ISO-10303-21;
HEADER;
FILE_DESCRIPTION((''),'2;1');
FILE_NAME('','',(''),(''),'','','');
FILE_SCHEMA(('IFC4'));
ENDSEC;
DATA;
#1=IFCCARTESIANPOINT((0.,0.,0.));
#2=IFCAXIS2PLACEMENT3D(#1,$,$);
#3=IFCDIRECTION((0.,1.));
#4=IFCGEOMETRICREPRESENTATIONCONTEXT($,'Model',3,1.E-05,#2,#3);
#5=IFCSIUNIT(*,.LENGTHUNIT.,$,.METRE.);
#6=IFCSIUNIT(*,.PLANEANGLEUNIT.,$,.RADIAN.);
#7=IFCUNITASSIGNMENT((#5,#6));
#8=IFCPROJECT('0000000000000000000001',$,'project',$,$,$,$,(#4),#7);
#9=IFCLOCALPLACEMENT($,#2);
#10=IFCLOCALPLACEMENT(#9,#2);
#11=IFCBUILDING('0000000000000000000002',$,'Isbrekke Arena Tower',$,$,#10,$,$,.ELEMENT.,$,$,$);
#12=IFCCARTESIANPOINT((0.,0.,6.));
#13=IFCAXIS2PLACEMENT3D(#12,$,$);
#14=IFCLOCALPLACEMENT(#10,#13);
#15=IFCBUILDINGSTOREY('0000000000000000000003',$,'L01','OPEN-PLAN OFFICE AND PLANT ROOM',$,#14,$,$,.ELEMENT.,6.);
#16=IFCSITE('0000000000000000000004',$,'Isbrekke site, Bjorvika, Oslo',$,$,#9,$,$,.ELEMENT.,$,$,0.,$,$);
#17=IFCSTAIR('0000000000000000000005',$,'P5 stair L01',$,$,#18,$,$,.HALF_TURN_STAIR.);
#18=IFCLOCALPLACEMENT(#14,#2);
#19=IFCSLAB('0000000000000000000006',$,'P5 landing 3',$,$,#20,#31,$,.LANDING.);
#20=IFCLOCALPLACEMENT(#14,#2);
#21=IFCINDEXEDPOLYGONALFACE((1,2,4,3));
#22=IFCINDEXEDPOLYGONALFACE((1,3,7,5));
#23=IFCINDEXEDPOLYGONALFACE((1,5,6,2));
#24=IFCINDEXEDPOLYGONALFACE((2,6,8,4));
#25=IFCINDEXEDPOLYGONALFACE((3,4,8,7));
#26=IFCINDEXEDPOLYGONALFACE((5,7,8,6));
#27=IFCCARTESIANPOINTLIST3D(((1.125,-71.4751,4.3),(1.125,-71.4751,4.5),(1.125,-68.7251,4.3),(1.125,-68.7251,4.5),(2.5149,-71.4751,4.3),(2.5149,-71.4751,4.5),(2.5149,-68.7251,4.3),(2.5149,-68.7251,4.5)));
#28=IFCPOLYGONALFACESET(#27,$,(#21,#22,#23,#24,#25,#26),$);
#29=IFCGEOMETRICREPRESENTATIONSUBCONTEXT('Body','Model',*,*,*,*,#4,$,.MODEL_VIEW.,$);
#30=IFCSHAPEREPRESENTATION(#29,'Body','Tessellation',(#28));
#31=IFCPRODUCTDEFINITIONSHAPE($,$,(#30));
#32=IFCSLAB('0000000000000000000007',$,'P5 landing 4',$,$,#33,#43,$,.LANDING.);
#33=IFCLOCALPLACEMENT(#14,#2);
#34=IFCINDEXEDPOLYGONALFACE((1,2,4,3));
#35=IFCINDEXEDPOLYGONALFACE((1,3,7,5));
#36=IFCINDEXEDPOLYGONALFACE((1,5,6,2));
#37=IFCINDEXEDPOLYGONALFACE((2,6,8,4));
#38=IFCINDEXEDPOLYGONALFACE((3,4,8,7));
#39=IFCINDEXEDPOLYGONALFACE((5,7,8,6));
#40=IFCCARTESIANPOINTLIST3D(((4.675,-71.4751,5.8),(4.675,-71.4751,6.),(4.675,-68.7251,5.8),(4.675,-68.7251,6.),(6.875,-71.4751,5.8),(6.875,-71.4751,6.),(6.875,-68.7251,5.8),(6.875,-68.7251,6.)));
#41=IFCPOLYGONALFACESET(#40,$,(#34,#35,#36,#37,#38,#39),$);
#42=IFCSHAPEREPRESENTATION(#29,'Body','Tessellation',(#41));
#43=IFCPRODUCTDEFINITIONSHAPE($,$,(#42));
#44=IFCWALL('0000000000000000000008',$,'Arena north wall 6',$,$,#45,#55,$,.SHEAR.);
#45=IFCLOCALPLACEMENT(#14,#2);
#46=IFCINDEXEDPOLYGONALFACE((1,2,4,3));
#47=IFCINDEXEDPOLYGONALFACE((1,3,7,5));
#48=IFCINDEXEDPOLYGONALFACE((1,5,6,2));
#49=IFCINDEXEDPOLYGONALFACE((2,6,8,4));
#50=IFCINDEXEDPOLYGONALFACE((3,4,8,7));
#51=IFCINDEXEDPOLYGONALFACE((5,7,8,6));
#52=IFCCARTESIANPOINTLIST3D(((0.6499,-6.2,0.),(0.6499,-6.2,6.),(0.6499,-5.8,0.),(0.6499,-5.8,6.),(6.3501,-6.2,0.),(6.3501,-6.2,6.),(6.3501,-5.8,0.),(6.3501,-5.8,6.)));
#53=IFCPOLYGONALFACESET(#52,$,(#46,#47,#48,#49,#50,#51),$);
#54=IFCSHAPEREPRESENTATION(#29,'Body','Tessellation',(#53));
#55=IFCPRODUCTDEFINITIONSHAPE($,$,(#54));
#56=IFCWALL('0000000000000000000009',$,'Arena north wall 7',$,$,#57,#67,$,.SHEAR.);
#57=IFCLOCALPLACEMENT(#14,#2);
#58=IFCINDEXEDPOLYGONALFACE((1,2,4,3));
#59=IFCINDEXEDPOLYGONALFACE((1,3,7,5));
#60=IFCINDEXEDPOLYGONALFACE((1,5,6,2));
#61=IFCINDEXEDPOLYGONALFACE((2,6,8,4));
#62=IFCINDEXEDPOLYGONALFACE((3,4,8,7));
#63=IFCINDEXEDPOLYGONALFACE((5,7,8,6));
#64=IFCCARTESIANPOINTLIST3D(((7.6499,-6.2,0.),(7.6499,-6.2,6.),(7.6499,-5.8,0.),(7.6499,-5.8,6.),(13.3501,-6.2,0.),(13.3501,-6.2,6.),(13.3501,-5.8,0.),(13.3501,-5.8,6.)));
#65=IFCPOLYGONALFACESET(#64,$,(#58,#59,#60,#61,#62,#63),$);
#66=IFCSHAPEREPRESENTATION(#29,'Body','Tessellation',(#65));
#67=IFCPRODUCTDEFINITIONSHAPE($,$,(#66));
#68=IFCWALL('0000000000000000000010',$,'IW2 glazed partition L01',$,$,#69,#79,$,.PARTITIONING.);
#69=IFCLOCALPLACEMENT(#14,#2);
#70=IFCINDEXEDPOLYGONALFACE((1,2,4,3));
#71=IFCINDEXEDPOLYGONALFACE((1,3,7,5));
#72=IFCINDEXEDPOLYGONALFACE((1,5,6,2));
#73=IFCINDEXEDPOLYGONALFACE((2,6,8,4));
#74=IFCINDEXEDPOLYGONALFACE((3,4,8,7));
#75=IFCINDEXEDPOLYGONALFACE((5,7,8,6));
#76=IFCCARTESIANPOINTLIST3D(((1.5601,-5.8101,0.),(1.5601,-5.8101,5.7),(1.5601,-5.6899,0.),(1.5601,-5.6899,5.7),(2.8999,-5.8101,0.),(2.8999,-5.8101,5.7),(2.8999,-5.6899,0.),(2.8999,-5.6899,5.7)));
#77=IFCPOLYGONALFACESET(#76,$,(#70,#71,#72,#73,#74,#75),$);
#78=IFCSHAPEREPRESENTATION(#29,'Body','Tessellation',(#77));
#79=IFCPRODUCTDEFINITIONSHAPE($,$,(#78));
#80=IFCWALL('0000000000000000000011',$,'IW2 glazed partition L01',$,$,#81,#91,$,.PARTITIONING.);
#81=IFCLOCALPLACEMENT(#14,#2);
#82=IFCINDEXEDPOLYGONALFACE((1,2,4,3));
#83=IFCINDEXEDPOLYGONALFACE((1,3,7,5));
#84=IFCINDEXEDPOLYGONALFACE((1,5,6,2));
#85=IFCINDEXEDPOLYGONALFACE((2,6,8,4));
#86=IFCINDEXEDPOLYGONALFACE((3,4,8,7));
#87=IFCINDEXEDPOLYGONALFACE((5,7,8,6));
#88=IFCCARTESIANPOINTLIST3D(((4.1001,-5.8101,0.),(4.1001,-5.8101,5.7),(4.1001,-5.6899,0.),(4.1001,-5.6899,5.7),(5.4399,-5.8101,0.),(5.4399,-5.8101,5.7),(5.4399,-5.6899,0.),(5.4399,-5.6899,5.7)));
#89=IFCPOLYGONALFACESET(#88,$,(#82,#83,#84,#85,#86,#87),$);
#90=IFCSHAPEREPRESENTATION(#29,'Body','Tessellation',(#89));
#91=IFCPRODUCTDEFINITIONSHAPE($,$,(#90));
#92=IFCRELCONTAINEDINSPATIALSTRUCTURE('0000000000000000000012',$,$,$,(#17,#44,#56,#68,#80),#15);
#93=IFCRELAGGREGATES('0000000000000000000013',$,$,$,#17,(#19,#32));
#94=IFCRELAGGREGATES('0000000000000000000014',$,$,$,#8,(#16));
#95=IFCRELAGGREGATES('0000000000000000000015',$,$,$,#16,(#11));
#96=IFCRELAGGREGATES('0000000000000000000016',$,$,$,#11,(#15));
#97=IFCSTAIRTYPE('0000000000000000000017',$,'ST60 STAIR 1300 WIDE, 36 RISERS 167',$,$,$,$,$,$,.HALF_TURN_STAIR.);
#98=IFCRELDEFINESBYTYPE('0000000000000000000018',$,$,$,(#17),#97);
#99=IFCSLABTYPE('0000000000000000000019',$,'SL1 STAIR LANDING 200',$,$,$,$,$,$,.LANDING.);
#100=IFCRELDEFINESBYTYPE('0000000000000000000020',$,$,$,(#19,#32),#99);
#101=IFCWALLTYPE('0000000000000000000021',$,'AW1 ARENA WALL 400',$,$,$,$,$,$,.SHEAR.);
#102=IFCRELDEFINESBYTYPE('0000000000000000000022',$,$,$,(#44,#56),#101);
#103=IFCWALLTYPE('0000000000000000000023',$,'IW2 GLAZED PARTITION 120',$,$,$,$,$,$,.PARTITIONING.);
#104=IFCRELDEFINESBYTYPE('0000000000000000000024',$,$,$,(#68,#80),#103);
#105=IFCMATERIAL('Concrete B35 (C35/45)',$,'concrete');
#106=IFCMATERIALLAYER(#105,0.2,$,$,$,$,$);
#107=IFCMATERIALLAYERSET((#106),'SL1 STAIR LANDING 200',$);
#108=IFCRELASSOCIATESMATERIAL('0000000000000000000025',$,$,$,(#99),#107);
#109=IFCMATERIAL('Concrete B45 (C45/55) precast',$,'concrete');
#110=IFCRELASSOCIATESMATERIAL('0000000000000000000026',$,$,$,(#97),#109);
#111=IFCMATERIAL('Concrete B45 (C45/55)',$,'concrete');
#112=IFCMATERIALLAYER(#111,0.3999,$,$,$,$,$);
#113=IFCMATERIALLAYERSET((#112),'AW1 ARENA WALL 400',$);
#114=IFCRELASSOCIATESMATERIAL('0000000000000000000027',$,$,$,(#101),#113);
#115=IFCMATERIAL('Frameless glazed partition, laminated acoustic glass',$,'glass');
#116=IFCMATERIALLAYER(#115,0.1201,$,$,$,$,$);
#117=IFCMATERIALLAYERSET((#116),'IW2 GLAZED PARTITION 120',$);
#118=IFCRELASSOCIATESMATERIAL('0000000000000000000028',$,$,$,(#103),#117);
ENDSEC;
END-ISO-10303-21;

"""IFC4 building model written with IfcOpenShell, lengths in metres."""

from ifc_helpers import new_model, si_unit, direction, frame, frame_2d, origin, place, context, subcontext, project, spatial, polyline, rectangle, outline, extrude, material, layer, layer_set, type_object, element, aggregate, save


model = new_model("IFC4")

# Units and contexts
model_context = context("Model", 3, precision=1e-05, world=origin(), true_north=direction((0.0, 1.0)))
body_context = subcontext(model_context, "Body", "Model", "MODEL_VIEW")
ifc_project = project(units=[si_unit("LENGTHUNIT", "METRE"), si_unit("PLANEANGLEUNIT", "RADIAN")], contexts=[model_context])

# Site, building, storey
site_placement = place(None, origin())
site = spatial("IfcSite", under=ifc_project, at=site_placement, Name="Isbrekke site, Bjorvika, Oslo", CompositionType="ELEMENT", RefElevation=0.0)
building_placement = place(site_placement, origin())
building = spatial("IfcBuilding", under=site, at=building_placement, Name="Isbrekke Arena Tower", CompositionType="ELEMENT")
storey_placement = place(building_placement, frame((0.0, 0.0, 6.0)))
storey = spatial("IfcBuildingStorey", under=building, at=storey_placement, Name="L01", Description="OPEN-PLAN OFFICE AND PLANT ROOM", CompositionType="ELEMENT", Elevation=6.0)

# Shared definitions
ifc_material_1 = material(Name="Concrete B35 (C35/45)", Category="concrete")
ifc_layer_1 = layer(ifc_material_1, 0.2)
ifc_layer_set_1 = layer_set([ifc_layer_1], Name="SL1 STAIR LANDING 200")
slab_type = type_object("IfcSlabType", Name="SL1 STAIR LANDING 200", PredefinedType="LANDING", material=ifc_layer_set_1)

# Stair, slabs
ifc_material_2 = material(Name="Concrete B45 (C45/55) precast", Category="concrete")
stair_type_1 = type_object("IfcStairType", Name="ST60 STAIR 1300 WIDE, 36 RISERS 167", PredefinedType="HALF_TURN_STAIR", material=ifc_material_2)
stair_1_placement = place(storey_placement, origin())
stair_1 = element("IfcStair", 1, at=stair_1_placement, inside=storey, type_object=stair_type_1, Name="P5 stair L01", PredefinedType="HALF_TURN_STAIR")
slab_1_placement = place(storey_placement, frame((0.0, 0.0, 4.3)))
slab_1 = element("IfcSlab", 2, at=slab_1_placement, type_object=slab_type, Name="P5 landing 3", PredefinedType="LANDING", context=body_context, shape_type="SweptSolid", body=[
    extrude(outline(polyline([(1.125, -71.4751), (2.5149, -71.4751), (2.5149, -68.7251), (1.125, -68.7251), (1.125, -71.4751)])), origin(), (0.0, 0.0, 1.0), 0.2),
])
slab_2_placement = place(storey_placement, frame((0.0, 0.0, 5.8)))
slab_2 = element("IfcSlab", 3, at=slab_2_placement, type_object=slab_type, Name="P5 landing 4", PredefinedType="LANDING", context=body_context, shape_type="SweptSolid", body=[
    extrude(outline(polyline([(4.675, -71.4751), (6.875, -71.4751), (6.875, -68.7251), (4.675, -68.7251), (4.675, -71.4751)])), origin(), (0.0, 0.0, 1.0), 0.2),
])
aggregate(stair_1, [slab_1, slab_2])

# Walls
ifc_material_3 = material(Name="Concrete B45 (C45/55)", Category="concrete")
ifc_layer_2 = layer(ifc_material_3, 0.3999)
ifc_layer_set_2 = layer_set([ifc_layer_2], Name="AW1 ARENA WALL 400")
wall_type_1 = type_object("IfcWallType", Name="AW1 ARENA WALL 400", PredefinedType="SHEAR", material=ifc_layer_set_2)
for number, where, z_axis, x_axis, name in (
    (4, (0.6499, -6.0, 0.0), (0.0, 0.0, 1.0), (1.0, 0.0, 0.0), "Arena north wall 6"),
    (5, (7.6499, -6.0, 0.0), (0.0, 0.0, 1.0), (1.0, 0.0, 0.0), "Arena north wall 7"),
):
    element("IfcWall", number, at=place(storey_placement, frame(where, z_axis=z_axis, x_axis=x_axis)), inside=storey, type_object=wall_type_1, Name=name, PredefinedType="SHEAR", context=body_context, shape_type="SweptSolid", body=[
        extrude(rectangle(XDim=5.7002, YDim=0.3999, at=frame_2d((2.8501, 0.0))), origin(), (0.0, 0.0, 1.0), 6.0),
    ])
ifc_material_4 = material(Name="Frameless glazed partition, laminated acoustic glass", Category="glass")
ifc_layer_3 = layer(ifc_material_4, 0.1201)
ifc_layer_set_3 = layer_set([ifc_layer_3], Name="IW2 GLAZED PARTITION 120")
wall_type_2 = type_object("IfcWallType", Name="IW2 GLAZED PARTITION 120", PredefinedType="PARTITIONING", material=ifc_layer_set_3)
for number, where, z_axis, x_axis, name in (
    (6, (1.5601, -5.75, 0.0), (0.0, 0.0, 1.0), (1.0, 0.0, 0.0), "IW2 glazed partition L01"),
    (7, (4.1001, -5.75, 0.0), (0.0, 0.0, 1.0), (1.0, 0.0, 0.0), "IW2 glazed partition L01"),
):
    element("IfcWall", number, at=place(storey_placement, frame(where, z_axis=z_axis, x_axis=x_axis)), inside=storey, type_object=wall_type_2, Name=name, PredefinedType="PARTITIONING", context=body_context, shape_type="SweptSolid", body=[
        extrude(rectangle(XDim=1.3398, YDim=0.1201, at=frame_2d((0.6699, 0.0))), origin(), (0.0, 0.0, 1.0), 5.7),
    ])

save(model, "model.ifc")
